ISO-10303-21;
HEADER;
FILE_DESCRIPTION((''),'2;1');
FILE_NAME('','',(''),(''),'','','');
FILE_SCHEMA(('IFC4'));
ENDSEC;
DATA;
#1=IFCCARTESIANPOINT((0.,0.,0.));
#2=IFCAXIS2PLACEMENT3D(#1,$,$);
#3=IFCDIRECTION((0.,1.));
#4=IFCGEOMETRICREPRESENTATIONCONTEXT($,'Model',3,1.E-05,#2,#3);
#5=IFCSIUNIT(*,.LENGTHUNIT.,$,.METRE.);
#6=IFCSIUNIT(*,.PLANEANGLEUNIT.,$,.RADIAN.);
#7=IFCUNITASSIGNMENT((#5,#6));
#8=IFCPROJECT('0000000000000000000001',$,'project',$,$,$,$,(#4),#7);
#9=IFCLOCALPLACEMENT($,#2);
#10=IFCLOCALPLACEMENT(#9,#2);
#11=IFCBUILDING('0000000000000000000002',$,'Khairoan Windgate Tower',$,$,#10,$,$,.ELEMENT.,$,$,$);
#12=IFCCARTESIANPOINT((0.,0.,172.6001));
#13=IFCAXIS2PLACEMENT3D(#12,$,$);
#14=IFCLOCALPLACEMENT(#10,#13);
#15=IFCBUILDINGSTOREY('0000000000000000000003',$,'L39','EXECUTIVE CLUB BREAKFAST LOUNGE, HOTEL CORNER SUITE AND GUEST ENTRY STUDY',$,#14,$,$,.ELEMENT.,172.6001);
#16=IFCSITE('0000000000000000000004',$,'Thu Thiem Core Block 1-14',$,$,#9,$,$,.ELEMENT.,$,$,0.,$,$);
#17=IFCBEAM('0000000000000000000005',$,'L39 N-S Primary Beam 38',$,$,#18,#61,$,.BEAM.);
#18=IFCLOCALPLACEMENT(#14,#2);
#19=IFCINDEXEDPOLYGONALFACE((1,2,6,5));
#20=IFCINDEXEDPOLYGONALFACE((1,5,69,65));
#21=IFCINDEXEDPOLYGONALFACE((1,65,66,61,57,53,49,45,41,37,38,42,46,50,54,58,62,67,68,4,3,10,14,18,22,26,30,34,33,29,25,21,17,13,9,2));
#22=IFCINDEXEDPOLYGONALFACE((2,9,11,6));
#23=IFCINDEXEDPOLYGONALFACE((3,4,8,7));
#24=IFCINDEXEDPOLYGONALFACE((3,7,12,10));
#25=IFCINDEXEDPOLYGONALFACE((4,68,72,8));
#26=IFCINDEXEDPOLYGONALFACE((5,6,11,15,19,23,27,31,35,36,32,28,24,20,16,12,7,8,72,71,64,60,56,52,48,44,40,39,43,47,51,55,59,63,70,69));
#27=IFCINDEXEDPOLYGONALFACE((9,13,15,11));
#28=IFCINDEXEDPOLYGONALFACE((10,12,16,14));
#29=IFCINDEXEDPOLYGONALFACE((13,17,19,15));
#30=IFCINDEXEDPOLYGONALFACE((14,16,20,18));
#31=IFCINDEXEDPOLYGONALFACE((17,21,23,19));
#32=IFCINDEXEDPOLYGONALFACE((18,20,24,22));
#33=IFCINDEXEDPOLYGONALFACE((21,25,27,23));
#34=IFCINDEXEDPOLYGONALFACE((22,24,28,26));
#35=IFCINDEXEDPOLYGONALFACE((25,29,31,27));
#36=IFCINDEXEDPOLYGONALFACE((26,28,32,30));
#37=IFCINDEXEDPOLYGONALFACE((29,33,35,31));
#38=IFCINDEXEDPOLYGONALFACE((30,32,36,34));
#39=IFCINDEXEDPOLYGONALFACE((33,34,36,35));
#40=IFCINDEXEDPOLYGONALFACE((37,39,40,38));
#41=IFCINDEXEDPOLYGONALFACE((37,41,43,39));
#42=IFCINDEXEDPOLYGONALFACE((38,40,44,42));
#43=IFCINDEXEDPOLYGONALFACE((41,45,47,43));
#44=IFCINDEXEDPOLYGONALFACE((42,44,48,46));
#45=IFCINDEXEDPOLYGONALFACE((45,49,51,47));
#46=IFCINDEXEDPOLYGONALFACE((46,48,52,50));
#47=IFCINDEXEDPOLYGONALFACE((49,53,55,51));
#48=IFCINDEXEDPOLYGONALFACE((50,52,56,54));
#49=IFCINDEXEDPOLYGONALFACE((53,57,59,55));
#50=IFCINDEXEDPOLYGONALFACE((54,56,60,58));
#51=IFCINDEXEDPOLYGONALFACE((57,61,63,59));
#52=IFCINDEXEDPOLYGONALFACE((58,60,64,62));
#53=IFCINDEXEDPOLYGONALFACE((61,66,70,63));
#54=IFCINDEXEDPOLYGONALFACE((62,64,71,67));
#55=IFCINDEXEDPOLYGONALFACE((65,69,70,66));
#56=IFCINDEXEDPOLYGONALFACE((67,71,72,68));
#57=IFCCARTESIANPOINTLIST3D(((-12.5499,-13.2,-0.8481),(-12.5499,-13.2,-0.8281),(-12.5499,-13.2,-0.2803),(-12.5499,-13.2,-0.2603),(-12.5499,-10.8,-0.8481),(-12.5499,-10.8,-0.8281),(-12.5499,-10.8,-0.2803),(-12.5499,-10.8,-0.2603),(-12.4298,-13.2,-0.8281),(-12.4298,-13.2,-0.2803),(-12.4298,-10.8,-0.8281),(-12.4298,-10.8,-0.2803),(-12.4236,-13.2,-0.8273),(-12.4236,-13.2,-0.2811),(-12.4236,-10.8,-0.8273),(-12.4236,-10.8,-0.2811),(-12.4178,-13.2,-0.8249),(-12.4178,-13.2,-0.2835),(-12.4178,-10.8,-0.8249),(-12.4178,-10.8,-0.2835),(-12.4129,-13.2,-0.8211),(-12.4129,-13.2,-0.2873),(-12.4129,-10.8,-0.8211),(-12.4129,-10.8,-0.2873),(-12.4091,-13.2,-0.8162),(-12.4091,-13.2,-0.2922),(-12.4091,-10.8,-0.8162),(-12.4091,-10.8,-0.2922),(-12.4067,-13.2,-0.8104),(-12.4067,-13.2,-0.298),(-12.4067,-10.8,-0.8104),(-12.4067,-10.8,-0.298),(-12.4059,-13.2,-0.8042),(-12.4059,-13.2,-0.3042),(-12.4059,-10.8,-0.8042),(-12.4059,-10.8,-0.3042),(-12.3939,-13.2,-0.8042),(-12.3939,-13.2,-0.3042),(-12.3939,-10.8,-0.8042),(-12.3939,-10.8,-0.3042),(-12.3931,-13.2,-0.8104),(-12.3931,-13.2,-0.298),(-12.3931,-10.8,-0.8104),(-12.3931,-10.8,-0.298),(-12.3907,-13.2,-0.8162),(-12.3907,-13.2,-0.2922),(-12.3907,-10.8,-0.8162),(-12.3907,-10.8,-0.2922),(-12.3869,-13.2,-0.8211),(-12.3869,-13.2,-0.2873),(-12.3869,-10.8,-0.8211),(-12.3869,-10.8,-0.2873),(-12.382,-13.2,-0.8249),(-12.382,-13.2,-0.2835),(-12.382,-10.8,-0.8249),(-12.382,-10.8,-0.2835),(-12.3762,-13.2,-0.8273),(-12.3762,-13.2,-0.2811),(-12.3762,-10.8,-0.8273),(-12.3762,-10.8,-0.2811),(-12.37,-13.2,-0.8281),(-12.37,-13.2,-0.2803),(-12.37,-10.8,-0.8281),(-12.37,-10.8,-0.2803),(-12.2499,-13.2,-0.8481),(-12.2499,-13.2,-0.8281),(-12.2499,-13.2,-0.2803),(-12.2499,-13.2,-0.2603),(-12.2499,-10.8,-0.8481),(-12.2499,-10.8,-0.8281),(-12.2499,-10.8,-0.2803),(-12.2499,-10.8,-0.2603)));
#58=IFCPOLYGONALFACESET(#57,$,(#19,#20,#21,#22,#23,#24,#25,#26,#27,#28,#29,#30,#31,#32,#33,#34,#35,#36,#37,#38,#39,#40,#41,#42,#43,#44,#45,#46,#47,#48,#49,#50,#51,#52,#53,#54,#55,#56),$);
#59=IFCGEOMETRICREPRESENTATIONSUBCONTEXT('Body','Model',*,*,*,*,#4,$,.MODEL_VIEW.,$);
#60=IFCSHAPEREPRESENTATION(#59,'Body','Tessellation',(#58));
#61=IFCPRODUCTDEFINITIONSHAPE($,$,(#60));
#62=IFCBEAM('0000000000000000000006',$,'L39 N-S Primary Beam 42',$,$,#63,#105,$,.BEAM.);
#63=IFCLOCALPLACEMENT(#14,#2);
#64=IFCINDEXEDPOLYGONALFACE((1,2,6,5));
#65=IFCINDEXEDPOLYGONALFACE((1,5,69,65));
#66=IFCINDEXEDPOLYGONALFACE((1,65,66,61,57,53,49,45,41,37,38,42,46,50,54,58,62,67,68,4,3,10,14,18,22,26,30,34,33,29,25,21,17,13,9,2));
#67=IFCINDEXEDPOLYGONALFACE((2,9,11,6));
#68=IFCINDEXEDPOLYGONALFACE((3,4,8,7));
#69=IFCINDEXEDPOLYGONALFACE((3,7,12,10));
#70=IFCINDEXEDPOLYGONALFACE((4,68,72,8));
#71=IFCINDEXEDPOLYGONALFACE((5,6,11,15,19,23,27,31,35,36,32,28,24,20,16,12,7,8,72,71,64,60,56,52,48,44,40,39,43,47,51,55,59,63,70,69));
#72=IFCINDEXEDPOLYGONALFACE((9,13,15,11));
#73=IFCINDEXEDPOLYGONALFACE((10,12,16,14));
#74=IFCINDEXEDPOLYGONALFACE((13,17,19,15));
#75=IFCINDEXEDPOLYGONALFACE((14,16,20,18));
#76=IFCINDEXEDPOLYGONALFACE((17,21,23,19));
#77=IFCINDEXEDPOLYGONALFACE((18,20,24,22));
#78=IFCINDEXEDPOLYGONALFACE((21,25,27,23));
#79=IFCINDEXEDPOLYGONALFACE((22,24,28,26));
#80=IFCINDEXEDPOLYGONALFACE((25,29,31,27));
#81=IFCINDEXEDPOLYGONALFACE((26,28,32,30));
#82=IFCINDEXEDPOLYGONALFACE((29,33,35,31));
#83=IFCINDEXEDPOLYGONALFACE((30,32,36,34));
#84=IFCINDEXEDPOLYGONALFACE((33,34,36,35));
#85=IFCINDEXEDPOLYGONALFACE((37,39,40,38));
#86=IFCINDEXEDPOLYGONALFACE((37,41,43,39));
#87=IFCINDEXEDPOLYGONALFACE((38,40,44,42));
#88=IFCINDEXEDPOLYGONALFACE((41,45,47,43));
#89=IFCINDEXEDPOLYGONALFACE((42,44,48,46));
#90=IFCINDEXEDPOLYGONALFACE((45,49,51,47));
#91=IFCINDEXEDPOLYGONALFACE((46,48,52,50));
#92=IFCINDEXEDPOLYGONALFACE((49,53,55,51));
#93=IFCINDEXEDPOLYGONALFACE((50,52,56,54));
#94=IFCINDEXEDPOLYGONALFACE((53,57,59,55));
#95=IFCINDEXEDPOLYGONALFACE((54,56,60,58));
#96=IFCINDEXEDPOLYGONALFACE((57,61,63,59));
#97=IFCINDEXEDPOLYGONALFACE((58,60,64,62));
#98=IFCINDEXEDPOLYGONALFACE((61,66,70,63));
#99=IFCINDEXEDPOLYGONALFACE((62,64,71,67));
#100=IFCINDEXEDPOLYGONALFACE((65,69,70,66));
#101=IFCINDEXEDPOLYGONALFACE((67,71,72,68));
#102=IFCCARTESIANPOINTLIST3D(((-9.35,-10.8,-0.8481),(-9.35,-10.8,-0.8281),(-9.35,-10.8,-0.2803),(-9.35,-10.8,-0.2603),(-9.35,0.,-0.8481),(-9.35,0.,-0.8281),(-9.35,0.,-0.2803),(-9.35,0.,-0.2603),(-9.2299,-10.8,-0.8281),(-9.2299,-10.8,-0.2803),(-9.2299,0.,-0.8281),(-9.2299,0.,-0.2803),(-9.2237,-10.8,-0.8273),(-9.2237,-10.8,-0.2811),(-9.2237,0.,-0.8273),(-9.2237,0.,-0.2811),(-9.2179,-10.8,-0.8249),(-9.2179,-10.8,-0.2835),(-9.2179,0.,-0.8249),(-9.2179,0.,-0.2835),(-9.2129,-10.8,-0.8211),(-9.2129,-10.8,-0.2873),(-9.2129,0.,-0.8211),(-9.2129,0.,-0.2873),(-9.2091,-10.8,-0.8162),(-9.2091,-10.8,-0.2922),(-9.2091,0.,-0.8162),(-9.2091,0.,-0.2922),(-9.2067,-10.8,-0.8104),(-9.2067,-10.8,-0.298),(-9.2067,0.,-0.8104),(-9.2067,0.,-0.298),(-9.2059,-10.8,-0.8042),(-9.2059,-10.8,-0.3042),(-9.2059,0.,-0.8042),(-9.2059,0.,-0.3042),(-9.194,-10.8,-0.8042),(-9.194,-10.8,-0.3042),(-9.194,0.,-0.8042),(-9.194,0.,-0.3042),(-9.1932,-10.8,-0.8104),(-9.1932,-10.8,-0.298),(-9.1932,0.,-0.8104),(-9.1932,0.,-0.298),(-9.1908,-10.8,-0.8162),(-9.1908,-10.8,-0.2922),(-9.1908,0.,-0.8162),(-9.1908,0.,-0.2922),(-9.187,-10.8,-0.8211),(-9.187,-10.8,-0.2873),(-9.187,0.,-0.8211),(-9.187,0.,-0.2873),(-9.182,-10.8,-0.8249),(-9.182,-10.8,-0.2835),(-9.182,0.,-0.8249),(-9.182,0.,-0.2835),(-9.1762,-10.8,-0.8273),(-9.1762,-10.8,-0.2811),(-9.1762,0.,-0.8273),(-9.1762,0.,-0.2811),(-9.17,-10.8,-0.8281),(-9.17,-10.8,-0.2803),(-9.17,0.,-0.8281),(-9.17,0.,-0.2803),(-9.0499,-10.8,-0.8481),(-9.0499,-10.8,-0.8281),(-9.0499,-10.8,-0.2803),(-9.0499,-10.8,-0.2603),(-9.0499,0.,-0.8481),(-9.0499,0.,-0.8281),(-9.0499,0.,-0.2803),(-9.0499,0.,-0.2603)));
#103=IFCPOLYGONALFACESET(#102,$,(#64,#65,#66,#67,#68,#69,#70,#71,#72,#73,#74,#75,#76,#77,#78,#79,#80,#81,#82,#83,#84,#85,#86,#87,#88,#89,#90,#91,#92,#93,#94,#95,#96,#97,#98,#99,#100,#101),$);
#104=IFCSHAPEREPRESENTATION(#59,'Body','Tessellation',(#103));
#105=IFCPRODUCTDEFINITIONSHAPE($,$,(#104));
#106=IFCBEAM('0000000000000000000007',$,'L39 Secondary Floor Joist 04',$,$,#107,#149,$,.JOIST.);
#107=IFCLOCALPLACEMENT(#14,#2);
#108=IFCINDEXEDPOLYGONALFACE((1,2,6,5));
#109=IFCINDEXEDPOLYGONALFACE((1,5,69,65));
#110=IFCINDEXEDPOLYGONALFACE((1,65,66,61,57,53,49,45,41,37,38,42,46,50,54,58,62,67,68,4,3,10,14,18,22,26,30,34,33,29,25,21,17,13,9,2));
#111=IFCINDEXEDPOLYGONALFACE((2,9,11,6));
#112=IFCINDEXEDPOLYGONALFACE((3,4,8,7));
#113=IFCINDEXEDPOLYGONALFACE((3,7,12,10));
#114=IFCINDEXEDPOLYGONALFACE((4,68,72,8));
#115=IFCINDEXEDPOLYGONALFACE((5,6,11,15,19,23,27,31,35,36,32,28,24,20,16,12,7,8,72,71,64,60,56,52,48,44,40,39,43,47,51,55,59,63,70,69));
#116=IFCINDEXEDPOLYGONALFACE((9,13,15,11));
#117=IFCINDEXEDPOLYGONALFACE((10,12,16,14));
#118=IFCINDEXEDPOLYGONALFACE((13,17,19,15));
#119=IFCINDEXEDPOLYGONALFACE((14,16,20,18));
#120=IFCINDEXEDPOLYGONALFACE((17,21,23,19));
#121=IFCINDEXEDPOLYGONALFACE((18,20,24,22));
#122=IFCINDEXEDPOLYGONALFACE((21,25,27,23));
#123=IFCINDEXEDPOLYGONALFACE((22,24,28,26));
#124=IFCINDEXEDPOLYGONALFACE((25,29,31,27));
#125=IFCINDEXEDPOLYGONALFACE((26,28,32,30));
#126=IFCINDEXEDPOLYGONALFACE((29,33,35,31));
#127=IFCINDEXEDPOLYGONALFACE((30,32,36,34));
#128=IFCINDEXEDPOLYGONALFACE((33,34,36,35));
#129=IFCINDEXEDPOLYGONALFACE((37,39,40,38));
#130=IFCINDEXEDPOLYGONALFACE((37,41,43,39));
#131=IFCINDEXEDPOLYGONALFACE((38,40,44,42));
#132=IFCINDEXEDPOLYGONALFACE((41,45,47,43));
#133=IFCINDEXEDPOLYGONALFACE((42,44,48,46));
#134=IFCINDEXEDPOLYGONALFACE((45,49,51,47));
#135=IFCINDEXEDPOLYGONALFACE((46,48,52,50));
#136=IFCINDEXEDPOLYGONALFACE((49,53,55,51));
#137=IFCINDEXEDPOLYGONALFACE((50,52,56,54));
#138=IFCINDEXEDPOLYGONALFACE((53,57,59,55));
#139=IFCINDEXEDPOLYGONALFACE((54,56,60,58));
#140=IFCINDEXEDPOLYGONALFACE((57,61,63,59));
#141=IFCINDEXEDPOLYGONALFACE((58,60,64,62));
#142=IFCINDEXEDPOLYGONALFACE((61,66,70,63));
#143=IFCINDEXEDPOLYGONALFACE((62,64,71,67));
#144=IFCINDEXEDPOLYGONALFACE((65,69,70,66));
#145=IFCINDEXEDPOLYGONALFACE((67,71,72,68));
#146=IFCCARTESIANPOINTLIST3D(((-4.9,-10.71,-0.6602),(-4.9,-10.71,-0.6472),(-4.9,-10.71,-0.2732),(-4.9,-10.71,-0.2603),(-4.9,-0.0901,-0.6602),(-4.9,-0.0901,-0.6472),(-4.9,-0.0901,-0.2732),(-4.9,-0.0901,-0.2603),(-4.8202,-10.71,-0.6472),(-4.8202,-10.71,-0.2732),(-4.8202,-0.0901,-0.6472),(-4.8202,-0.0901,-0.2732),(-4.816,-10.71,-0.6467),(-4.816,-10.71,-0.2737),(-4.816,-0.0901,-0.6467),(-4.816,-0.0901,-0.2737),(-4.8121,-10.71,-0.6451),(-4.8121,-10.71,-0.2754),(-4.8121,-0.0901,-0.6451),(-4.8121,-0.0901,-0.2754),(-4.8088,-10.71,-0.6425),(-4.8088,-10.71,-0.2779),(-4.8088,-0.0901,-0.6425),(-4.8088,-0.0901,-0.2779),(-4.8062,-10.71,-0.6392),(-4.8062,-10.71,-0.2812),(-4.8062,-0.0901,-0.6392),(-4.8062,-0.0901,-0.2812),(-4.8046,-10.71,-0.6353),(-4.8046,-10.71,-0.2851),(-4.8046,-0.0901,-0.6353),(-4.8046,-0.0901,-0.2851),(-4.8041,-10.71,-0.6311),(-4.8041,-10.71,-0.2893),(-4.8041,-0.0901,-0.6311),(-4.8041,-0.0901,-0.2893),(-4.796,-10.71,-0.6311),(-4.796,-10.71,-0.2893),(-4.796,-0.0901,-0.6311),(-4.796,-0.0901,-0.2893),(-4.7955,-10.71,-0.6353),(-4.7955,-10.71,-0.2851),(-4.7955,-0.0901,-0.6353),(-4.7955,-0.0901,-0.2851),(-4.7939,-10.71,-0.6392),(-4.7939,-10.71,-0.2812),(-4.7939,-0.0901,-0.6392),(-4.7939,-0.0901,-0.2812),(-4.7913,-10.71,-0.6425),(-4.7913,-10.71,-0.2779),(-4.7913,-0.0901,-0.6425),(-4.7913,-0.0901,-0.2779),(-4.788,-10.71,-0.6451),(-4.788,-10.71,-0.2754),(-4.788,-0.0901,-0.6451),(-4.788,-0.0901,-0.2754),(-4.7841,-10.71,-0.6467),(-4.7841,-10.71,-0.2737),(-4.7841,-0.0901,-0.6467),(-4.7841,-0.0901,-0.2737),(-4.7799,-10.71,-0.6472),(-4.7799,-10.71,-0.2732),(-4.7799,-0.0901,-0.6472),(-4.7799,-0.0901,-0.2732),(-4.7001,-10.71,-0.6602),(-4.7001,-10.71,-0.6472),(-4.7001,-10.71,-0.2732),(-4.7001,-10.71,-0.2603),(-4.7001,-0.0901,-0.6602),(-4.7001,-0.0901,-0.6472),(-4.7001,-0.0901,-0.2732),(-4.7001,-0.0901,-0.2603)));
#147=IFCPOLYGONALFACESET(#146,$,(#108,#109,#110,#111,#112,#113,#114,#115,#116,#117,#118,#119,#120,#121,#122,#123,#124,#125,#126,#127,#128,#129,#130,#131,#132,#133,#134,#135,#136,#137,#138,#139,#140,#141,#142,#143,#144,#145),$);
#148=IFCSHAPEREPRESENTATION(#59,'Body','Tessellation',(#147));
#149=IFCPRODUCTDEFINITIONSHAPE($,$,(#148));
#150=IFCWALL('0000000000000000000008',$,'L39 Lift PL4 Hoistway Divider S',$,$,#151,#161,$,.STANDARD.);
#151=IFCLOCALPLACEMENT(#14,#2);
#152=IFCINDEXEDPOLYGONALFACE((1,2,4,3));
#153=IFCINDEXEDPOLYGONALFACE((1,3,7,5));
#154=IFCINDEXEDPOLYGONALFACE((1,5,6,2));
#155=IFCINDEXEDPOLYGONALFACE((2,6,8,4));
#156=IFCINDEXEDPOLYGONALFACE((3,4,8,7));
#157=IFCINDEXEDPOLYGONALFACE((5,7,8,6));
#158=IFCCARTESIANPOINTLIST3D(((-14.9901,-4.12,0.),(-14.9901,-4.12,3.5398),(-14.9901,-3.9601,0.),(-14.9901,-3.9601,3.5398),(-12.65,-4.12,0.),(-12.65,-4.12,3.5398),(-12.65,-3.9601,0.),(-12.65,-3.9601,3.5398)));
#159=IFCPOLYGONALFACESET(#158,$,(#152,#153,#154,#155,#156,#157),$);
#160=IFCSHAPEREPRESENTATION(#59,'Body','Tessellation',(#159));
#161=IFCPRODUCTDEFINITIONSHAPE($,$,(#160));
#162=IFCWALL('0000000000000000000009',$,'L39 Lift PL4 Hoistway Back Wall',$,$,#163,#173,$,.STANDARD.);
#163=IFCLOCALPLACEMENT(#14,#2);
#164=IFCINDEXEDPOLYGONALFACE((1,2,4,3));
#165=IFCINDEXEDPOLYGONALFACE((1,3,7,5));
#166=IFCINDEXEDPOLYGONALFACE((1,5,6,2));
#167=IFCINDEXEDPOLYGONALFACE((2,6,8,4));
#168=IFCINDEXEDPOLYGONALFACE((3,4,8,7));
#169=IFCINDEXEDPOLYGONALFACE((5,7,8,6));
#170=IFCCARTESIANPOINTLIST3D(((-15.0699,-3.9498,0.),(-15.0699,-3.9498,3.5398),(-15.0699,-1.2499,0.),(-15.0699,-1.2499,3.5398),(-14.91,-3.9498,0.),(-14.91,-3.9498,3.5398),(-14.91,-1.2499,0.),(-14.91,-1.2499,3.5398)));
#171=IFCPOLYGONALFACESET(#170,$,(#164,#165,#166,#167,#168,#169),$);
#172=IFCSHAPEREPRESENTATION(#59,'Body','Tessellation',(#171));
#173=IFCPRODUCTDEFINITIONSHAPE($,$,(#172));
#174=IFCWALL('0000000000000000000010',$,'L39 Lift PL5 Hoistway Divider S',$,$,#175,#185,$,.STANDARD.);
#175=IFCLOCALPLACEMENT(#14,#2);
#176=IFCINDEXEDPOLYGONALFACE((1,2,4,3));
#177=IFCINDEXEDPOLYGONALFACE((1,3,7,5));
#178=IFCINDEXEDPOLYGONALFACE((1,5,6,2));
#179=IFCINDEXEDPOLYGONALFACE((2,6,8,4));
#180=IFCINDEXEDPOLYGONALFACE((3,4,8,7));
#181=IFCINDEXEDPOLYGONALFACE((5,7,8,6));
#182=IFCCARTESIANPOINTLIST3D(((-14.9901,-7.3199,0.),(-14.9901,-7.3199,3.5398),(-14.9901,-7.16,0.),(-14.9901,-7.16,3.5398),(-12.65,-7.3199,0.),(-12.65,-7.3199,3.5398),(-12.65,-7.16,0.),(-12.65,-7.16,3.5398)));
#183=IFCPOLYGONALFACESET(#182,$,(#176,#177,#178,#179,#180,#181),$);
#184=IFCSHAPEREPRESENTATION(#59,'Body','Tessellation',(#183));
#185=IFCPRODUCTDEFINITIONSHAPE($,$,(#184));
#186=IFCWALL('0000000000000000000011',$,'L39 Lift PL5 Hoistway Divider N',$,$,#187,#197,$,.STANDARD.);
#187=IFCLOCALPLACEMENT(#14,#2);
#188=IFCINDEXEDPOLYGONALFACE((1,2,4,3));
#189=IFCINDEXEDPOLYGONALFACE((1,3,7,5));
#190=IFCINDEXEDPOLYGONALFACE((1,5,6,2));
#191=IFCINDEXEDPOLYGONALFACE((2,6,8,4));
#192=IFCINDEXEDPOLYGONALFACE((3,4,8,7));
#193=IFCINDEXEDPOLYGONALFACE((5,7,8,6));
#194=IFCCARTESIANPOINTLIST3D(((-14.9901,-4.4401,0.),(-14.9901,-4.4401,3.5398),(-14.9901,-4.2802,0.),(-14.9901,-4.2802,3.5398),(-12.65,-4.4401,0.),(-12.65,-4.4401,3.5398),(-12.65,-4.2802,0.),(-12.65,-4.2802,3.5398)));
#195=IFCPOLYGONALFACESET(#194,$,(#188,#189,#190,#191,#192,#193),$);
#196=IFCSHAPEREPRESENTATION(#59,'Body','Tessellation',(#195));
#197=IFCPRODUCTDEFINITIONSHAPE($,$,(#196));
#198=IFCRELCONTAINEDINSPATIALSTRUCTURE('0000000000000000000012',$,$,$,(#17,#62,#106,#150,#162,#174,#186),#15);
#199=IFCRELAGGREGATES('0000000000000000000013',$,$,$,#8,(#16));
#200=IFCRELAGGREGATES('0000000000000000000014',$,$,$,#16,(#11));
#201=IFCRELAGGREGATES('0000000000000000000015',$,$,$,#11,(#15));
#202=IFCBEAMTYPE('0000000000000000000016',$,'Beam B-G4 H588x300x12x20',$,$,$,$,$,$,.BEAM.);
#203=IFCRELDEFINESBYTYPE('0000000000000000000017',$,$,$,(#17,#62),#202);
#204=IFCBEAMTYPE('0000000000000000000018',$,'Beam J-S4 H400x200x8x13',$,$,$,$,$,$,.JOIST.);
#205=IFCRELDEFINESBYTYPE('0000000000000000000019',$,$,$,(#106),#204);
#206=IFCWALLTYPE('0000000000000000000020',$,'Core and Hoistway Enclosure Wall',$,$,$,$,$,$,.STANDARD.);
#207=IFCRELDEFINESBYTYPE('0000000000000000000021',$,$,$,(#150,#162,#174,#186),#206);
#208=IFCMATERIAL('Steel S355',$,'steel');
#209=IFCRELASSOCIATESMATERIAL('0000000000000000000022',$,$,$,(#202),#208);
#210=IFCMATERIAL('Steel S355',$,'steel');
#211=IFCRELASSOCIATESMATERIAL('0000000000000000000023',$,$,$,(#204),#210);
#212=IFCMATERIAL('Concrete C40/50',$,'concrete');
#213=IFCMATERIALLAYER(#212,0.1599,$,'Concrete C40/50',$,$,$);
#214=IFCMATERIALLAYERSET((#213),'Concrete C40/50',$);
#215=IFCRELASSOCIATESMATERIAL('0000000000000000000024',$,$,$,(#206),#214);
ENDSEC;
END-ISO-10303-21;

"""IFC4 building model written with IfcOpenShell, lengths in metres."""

from ifc_helpers import new_model, si_unit, direction, frame, frame_2d, origin, origin_2d, place, context, subcontext, project, spatial, rectangle, i_section, extrude, material, layer, layer_set, material_profile, profile_set, type_object, element, save


model = new_model("IFC4")

# Units and contexts
model_context = context("Model", 3, precision=1e-05, world=origin(), true_north=direction((0.0, 1.0)))
body_context = subcontext(model_context, "Body", "Model", "MODEL_VIEW")
ifc_project = project(units=[si_unit("LENGTHUNIT", "METRE"), si_unit("PLANEANGLEUNIT", "RADIAN")], contexts=[model_context])

# Site, building, storey
site_placement = place(None, origin())
site = spatial("IfcSite", under=ifc_project, at=site_placement, Name="Thu Thiem Core Block 1-14", CompositionType="ELEMENT", RefElevation=0.0)
building_placement = place(site_placement, origin())
building = spatial("IfcBuilding", under=site, at=building_placement, Name="Khairoan Windgate Tower", CompositionType="ELEMENT")
storey_placement = place(building_placement, frame((0.0, 0.0, 172.6001)))
storey = spatial("IfcBuildingStorey", under=building, at=storey_placement, Name="L39", Description="EXECUTIVE CLUB BREAKFAST LOUNGE, HOTEL CORNER SUITE AND GUEST ENTRY STUDY", CompositionType="ELEMENT", Elevation=172.6001)

# Beams
ifc_material_1 = material(Name="Steel S355", Category="steel")
ifc_material_profile_1 = material_profile(ifc_material_1, i_section(OverallWidth=0.3, OverallDepth=0.5879, WebThickness=0.012, FlangeThickness=0.02, FilletRadius=0.0239, at=origin_2d()))
ifc_profile_set_1 = profile_set([ifc_material_profile_1], Name="Steel S355")
beam_type_1 = type_object("IfcBeamType", Name="Beam B-G4 H588x300x12x20", PredefinedType="BEAM", material=ifc_profile_set_1)
beam_1_placement = place(storey_placement, frame((-12.3999, -13.2, -0.5542), z_axis=(0.0, 1.0, 0.0), x_axis=(-1.0, 0.0, 0.0)))
element("IfcBeam", 1, at=beam_1_placement, inside=storey, type_object=beam_type_1, Name="L39 N-S Primary Beam 38", PredefinedType="BEAM", context=body_context, shape_type="SweptSolid", body=[
    extrude(i_section(OverallWidth=0.3, OverallDepth=0.5879, WebThickness=0.012, FlangeThickness=0.02, FilletRadius=0.0239, at=origin_2d()), origin(), (0.0, 0.0, 1.0), 2.3999),
])
beam_2_placement = place(storey_placement, frame((-9.2, -10.8, -0.5542), z_axis=(0.0, 1.0, 0.0), x_axis=(-1.0, 0.0, 0.0)))
element("IfcBeam", 2, at=beam_2_placement, inside=storey, type_object=beam_type_1, Name="L39 N-S Primary Beam 42", PredefinedType="BEAM", context=body_context, shape_type="SweptSolid", body=[
    extrude(i_section(OverallWidth=0.3, OverallDepth=0.5879, WebThickness=0.012, FlangeThickness=0.02, FilletRadius=0.0239, at=origin_2d()), origin(), (0.0, 0.0, 1.0), 10.8),
])
ifc_material_2 = material(Name="Steel S355", Category="steel")
ifc_material_profile_2 = material_profile(ifc_material_2, i_section(OverallWidth=0.2, OverallDepth=0.3999, WebThickness=0.0081, FlangeThickness=0.0129, FilletRadius=0.0161, at=origin_2d()))
ifc_profile_set_2 = profile_set([ifc_material_profile_2], Name="Steel S355")
beam_type_2 = type_object("IfcBeamType", Name="Beam J-S4 H400x200x8x13", PredefinedType="JOIST", material=ifc_profile_set_2)
beam_3_placement = place(storey_placement, frame((-4.8, -10.71, -0.4602), z_axis=(0.0, 1.0, 0.0), x_axis=(-1.0, 0.0, 0.0)))
element("IfcBeam", 3, at=beam_3_placement, inside=storey, type_object=beam_type_2, Name="L39 Secondary Floor Joist 04", PredefinedType="JOIST", context=body_context, shape_type="SweptSolid", body=[
    extrude(i_section(OverallWidth=0.2, OverallDepth=0.3999, WebThickness=0.0081, FlangeThickness=0.0129, FilletRadius=0.0161, at=origin_2d()), origin(), (0.0, 0.0, 1.0), 10.6199),
])

# Walls
ifc_material_3 = material(Name="Concrete C40/50", Category="concrete")
ifc_layer_1 = layer(ifc_material_3, 0.1599, Name="Concrete C40/50")
ifc_layer_set_1 = layer_set([ifc_layer_1], Name="Concrete C40/50")
wall_type_1 = type_object("IfcWallType", Name="Core and Hoistway Enclosure Wall", PredefinedType="STANDARD", material=ifc_layer_set_1)
wall_1_placement = place(storey_placement, frame((-14.99, -4.04, 0.0), z_axis=(0.0, 0.0, 1.0), x_axis=(1.0, 0.0, 0.0)))
element("IfcWall", 4, at=wall_1_placement, inside=storey, type_object=wall_type_1, Name="L39 Lift PL4 Hoistway Divider S", PredefinedType="STANDARD", context=body_context, shape_type="SweptSolid", body=[
    extrude(rectangle(XDim=2.3401, YDim=0.1599, at=frame_2d((1.1699, 0.0))), origin(), (0.0, 0.0, 1.0), 3.5398),
])
wall_2_placement = place(storey_placement, frame((-14.99, -3.95, 0.0), z_axis=(0.0, 0.0, 1.0), x_axis=(0.0, 1.0, 0.0)))
element("IfcWall", 5, at=wall_2_placement, inside=storey, type_object=wall_type_1, Name="L39 Lift PL4 Hoistway Back Wall", PredefinedType="STANDARD", context=body_context, shape_type="SweptSolid", body=[
    extrude(rectangle(XDim=2.7, YDim=0.1599, at=frame_2d((1.3501, 0.0))), origin(), (0.0, 0.0, 1.0), 3.5398),
])
for number, where, z_axis, x_axis, name in (
    (6, (-14.99, -7.24, 0.0), (0.0, 0.0, 1.0), (1.0, 0.0, 0.0), "L39 Lift PL5 Hoistway Divider S"),
    (7, (-14.99, -4.3601, 0.0), (0.0, 0.0, 1.0), (1.0, 0.0, 0.0), "L39 Lift PL5 Hoistway Divider N"),
):
    element("IfcWall", number, at=place(storey_placement, frame(where, z_axis=z_axis, x_axis=x_axis)), inside=storey, type_object=wall_type_1, Name=name, PredefinedType="STANDARD", context=body_context, shape_type="SweptSolid", body=[
        extrude(rectangle(XDim=2.3401, YDim=0.1599, at=frame_2d((1.1699, 0.0))), origin(), (0.0, 0.0, 1.0), 3.5398),
    ])

save(model, "model.ifc")
